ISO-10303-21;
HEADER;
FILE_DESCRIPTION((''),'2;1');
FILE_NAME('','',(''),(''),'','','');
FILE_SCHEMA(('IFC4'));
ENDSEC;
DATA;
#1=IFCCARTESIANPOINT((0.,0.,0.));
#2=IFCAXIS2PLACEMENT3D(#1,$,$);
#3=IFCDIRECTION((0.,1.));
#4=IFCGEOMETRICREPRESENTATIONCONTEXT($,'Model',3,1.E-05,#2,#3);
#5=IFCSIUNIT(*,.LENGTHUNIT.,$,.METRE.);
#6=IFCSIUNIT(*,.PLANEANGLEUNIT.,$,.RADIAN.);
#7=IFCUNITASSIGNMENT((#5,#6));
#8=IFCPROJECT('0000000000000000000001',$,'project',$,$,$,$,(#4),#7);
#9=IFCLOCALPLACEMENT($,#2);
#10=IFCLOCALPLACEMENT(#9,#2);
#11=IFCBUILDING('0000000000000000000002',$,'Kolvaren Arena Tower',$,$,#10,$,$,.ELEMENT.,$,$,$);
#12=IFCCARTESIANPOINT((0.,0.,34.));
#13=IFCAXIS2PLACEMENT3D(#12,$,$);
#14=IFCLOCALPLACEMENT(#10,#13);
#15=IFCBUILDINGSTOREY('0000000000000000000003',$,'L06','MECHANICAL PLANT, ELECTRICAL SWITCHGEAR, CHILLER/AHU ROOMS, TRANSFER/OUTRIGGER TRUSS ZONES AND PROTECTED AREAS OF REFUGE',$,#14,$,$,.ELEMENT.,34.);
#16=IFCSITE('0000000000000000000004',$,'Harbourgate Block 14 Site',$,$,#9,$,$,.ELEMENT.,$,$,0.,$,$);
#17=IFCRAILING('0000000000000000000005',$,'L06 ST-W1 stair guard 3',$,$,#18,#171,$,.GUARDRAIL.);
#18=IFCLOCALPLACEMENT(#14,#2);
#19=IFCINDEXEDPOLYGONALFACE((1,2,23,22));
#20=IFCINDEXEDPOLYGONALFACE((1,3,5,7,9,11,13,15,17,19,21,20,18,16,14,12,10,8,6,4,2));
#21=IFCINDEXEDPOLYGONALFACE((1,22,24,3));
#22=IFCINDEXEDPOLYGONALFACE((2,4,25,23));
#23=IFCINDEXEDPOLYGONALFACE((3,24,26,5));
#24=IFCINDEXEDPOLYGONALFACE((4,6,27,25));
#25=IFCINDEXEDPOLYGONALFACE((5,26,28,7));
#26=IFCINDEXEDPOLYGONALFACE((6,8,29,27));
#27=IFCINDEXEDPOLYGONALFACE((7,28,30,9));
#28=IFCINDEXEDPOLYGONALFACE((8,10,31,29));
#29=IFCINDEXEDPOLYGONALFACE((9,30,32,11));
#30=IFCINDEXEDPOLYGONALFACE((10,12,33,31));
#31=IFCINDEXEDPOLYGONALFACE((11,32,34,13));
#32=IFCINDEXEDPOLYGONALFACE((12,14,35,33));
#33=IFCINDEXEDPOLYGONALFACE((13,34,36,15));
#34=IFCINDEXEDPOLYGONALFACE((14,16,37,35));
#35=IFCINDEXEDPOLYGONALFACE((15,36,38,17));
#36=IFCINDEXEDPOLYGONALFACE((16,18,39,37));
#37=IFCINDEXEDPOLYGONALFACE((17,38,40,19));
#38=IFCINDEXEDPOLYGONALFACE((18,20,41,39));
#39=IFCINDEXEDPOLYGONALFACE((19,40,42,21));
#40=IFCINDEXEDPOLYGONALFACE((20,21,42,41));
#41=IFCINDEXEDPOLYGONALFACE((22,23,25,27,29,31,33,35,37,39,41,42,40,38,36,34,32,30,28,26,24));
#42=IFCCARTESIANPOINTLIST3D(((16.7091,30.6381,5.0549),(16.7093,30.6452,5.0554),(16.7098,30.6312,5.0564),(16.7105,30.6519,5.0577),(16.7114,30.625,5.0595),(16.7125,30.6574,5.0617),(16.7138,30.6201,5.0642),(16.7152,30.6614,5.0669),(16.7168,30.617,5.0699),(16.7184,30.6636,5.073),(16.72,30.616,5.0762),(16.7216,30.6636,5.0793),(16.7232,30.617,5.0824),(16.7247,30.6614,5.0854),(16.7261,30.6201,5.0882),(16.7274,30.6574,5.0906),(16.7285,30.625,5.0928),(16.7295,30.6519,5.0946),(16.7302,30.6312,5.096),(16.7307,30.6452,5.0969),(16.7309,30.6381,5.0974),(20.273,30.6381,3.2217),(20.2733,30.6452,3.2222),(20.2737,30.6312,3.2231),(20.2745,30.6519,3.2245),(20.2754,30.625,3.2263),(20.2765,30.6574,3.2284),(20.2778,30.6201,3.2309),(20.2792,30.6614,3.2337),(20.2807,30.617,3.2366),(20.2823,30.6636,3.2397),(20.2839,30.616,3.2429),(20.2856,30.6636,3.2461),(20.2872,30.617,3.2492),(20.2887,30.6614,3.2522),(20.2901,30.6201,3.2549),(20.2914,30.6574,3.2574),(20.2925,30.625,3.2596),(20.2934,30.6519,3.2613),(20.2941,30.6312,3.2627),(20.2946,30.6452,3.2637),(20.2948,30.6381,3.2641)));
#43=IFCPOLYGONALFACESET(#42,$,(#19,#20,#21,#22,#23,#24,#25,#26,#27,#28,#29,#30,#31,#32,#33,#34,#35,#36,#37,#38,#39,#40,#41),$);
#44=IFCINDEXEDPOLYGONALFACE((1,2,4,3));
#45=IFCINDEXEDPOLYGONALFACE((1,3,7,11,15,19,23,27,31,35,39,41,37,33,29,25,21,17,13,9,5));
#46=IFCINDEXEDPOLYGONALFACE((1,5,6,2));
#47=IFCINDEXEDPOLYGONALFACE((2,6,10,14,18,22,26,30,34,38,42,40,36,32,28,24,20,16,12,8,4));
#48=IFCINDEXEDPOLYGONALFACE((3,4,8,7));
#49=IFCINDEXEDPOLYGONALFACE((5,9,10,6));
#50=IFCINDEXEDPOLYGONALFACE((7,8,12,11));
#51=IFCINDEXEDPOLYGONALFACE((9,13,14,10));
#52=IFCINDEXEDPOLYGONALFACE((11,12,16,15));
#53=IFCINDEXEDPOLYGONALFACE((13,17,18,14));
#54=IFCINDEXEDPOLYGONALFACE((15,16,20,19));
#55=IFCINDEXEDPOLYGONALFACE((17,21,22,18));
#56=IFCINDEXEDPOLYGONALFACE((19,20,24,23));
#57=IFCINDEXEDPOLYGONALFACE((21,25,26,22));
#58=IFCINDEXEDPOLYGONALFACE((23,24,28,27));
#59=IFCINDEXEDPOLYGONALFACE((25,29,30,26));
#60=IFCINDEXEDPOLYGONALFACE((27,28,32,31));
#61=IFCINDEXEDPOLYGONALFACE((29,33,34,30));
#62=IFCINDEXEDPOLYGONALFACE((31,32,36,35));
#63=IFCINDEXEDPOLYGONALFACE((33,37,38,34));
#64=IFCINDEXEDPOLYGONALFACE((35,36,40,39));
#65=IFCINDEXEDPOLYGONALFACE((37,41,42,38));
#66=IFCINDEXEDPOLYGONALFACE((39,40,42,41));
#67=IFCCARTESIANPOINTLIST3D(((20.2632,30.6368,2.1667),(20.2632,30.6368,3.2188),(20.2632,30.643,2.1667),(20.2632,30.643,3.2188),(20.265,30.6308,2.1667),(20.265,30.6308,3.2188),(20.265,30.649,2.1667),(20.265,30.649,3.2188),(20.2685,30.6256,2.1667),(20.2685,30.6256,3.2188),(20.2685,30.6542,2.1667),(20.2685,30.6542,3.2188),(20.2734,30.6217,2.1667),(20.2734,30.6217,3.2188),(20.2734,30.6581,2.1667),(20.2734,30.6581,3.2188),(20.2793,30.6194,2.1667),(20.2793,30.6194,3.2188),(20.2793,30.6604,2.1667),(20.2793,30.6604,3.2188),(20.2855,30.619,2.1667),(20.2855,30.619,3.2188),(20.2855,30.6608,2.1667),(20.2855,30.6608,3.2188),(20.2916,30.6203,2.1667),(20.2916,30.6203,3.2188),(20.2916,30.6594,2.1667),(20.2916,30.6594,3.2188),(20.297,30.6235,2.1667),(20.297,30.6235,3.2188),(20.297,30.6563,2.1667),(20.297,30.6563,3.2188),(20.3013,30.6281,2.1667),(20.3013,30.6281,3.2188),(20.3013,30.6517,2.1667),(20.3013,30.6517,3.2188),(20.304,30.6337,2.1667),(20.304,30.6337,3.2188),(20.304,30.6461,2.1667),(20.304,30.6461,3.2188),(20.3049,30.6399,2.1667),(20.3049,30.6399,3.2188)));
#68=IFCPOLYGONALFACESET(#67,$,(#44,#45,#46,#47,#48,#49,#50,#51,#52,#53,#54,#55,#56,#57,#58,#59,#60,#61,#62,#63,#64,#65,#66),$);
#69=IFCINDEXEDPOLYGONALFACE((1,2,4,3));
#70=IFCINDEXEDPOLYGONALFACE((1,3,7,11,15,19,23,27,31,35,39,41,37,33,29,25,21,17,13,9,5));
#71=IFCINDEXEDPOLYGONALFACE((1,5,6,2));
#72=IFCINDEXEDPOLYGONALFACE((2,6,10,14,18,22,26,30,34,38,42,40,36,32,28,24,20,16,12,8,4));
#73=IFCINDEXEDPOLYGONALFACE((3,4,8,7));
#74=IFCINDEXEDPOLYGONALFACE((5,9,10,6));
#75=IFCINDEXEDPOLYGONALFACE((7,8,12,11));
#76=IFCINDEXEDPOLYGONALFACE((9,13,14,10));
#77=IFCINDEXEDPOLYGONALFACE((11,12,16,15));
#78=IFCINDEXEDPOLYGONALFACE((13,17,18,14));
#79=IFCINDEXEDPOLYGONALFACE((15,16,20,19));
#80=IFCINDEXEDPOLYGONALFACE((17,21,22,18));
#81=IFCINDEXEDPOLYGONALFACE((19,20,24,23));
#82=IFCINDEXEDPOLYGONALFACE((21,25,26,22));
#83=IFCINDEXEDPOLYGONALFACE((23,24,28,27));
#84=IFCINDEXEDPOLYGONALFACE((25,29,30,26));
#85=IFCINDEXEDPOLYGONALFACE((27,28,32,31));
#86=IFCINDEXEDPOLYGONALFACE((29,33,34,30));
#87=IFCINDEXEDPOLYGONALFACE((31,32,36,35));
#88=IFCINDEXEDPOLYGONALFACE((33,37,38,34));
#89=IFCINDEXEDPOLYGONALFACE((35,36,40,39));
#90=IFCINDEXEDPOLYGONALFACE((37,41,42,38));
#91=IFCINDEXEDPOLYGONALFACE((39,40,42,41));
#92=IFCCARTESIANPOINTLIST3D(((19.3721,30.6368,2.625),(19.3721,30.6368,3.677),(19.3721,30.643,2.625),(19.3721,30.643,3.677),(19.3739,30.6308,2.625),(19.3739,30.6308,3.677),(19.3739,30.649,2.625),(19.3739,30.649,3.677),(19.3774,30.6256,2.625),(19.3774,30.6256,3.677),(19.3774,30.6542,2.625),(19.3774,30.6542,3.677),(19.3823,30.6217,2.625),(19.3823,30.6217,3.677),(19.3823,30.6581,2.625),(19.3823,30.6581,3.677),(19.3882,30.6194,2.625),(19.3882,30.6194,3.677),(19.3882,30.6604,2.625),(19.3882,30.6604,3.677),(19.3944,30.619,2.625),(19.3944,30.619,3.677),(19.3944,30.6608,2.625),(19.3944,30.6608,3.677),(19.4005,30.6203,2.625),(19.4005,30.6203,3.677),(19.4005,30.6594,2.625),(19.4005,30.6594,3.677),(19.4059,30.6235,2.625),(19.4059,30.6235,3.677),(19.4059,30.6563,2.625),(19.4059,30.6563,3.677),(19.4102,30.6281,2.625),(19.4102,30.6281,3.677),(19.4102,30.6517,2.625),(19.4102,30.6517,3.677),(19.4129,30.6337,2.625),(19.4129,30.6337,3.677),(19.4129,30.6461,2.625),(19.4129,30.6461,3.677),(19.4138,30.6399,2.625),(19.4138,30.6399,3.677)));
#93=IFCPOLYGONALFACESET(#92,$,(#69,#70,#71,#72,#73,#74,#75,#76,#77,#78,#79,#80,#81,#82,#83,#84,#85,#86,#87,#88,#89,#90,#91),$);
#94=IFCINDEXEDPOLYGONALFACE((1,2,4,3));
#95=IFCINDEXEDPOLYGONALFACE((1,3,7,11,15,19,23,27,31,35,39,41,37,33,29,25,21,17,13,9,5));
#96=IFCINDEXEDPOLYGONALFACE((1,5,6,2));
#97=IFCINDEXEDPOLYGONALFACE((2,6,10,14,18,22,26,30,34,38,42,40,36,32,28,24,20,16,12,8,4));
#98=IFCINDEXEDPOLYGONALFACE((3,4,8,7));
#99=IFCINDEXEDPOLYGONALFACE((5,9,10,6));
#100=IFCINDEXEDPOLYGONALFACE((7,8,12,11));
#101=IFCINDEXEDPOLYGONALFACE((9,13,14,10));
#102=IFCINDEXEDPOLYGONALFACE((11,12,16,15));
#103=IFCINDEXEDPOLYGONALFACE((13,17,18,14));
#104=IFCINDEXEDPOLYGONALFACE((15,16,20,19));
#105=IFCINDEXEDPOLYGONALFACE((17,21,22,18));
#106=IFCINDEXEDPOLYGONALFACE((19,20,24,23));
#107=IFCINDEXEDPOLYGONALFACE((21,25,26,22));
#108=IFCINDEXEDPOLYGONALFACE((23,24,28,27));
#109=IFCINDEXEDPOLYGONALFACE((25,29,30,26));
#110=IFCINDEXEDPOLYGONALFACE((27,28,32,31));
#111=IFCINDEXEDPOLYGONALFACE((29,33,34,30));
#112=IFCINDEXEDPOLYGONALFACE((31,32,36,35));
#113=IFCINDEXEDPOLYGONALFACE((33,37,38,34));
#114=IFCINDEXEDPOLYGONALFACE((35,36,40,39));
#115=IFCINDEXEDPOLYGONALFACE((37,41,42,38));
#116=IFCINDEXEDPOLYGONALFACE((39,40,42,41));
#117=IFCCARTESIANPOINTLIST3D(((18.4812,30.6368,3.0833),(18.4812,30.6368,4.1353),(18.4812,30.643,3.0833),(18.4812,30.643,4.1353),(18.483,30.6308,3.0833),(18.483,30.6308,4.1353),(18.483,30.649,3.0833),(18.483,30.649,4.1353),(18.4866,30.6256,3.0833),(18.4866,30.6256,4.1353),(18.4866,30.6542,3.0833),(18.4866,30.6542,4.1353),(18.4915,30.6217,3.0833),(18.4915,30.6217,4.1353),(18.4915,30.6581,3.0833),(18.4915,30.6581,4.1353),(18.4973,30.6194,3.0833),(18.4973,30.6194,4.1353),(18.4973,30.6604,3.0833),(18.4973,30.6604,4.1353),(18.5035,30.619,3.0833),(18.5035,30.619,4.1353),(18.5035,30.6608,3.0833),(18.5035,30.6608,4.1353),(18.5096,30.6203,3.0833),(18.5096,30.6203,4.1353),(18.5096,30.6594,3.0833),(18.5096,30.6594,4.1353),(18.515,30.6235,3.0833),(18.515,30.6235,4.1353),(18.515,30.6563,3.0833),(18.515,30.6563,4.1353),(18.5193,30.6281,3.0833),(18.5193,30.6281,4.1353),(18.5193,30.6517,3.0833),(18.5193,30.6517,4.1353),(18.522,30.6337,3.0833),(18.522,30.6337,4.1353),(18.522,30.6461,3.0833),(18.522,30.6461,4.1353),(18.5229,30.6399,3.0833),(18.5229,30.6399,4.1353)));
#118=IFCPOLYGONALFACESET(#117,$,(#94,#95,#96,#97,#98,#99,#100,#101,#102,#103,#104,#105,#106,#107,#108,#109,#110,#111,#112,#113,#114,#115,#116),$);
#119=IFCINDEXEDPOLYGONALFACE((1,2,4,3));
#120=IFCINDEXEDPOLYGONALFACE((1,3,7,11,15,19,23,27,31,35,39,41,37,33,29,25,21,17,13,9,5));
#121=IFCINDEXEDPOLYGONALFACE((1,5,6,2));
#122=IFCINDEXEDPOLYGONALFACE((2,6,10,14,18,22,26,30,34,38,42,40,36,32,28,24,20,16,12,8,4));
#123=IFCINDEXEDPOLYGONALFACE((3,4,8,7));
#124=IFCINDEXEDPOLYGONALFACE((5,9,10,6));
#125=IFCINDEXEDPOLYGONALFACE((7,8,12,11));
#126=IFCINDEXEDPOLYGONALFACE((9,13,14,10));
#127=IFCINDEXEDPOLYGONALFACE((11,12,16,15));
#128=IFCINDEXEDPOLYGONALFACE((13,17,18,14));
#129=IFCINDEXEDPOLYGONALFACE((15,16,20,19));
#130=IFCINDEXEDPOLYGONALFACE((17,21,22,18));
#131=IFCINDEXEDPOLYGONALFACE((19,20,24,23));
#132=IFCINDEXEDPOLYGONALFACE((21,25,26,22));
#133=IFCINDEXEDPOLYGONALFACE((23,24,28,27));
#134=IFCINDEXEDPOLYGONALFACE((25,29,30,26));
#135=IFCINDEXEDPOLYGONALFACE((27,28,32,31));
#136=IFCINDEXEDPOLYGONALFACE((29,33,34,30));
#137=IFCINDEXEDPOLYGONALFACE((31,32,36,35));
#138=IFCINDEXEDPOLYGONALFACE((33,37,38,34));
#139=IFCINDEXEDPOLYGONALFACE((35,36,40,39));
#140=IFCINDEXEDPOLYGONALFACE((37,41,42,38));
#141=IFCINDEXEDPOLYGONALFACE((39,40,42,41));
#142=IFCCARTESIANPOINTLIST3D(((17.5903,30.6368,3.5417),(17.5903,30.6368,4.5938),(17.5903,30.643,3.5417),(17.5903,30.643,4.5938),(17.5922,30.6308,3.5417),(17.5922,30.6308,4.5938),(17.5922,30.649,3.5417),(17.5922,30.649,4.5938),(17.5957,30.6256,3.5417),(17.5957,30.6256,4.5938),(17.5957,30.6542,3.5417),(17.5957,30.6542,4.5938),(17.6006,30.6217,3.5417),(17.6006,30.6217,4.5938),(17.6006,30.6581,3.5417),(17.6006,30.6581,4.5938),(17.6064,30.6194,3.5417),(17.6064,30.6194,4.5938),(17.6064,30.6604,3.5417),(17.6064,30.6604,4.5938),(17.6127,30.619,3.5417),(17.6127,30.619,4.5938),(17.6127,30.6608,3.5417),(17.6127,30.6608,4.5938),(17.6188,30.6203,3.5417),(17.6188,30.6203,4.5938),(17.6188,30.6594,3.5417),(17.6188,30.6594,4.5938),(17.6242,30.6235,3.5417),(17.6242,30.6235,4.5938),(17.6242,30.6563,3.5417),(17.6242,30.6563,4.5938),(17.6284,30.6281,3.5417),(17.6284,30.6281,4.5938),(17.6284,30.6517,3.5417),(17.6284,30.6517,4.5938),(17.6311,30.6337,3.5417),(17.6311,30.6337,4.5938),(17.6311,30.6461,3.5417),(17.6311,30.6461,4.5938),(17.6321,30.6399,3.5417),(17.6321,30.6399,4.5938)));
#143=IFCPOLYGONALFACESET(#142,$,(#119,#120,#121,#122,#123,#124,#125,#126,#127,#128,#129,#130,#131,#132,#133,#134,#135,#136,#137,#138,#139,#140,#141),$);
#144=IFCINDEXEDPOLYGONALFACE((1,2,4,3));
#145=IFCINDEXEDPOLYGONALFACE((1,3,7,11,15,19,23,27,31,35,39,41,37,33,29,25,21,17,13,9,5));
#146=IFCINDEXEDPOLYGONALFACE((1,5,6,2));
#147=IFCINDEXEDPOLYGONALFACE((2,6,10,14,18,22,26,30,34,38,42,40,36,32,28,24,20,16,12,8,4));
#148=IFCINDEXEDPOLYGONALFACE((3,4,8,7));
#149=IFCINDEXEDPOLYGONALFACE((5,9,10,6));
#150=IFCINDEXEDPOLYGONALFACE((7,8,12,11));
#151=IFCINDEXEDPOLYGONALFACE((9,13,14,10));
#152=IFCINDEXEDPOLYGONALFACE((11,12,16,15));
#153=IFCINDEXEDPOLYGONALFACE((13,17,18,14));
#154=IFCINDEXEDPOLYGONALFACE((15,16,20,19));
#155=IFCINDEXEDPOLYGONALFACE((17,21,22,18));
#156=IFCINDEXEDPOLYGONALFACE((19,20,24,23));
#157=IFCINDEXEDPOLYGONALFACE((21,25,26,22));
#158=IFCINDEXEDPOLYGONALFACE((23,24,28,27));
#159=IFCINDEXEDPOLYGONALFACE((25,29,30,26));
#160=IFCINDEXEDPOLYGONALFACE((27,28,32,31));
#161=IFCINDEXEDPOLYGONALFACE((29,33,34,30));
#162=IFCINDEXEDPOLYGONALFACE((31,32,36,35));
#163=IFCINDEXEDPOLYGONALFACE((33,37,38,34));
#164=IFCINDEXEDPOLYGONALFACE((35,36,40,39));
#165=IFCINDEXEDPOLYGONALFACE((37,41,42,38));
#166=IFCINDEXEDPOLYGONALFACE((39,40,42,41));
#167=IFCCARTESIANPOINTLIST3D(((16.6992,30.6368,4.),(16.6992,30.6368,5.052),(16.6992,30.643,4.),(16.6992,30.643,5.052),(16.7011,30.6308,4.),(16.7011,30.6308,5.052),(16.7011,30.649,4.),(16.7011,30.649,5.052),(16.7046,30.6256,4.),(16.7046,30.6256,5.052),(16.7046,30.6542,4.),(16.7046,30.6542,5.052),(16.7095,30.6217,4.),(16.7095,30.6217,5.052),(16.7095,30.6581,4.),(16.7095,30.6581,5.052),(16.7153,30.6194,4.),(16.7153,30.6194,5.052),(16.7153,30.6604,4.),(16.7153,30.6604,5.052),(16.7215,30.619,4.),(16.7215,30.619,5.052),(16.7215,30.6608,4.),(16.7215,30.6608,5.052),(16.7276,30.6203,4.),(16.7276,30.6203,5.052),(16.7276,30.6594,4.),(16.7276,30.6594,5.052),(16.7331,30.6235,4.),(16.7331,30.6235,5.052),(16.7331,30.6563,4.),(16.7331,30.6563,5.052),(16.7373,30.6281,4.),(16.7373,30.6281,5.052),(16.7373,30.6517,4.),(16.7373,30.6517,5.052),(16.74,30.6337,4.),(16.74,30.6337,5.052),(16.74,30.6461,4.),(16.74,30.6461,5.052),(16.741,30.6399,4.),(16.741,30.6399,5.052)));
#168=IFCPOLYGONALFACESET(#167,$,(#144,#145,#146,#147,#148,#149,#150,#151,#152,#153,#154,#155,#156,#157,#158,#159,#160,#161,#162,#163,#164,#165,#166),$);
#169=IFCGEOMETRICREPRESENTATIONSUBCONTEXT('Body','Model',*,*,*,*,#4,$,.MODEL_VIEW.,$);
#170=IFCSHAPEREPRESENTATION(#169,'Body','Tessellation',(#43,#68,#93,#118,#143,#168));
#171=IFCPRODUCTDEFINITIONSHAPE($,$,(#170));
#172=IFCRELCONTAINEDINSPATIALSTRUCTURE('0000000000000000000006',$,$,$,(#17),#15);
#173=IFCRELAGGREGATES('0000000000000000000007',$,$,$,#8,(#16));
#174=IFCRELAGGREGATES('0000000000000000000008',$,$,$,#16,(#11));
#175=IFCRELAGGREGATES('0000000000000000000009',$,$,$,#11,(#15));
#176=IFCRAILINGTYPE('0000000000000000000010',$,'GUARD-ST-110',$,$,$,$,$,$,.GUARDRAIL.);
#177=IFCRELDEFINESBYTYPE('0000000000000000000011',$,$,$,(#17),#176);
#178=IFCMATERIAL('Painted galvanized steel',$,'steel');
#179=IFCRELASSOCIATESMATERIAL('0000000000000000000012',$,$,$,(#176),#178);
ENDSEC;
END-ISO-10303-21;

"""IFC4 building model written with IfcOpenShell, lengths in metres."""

from ifc_helpers import new_model, si_unit, direction, frame, origin, origin_2d, place, context, subcontext, project, spatial, circle, extrude, material, type_object, element, save


model = new_model("IFC4")

# Units and contexts
model_context = context("Model", 3, precision=1e-05, world=origin(), true_north=direction((0.0, 1.0)))
body_context = subcontext(model_context, "Body", "Model", "MODEL_VIEW")
ifc_project = project(units=[si_unit("LENGTHUNIT", "METRE"), si_unit("PLANEANGLEUNIT", "RADIAN")], contexts=[model_context])

# Site, building, storey
site_placement = place(None, origin())
site = spatial("IfcSite", under=ifc_project, at=site_placement, Name="Harbourgate Block 14 Site", CompositionType="ELEMENT", RefElevation=0.0)
building_placement = place(site_placement, origin())
building = spatial("IfcBuilding", under=site, at=building_placement, Name="Kolvaren Arena Tower", CompositionType="ELEMENT")
storey_placement = place(building_placement, frame((0.0, 0.0, 34.0)))
storey = spatial("IfcBuildingStorey", under=building, at=storey_placement, Name="L06", Description="MECHANICAL PLANT, ELECTRICAL SWITCHGEAR, CHILLER/AHU ROOMS, TRANSFER/OUTRIGGER TRUSS ZONES AND PROTECTED AREAS OF REFUGE", CompositionType="ELEMENT", Elevation=34.0)

# Railing
ifc_material_1 = material(Name="Painted galvanized steel", Category="steel")
railing_type_1 = type_object("IfcRailingType", Name="GUARD-ST-110", PredefinedType="GUARDRAIL", material=ifc_material_1)
railing_1_placement = place(storey_placement, frame((20.2839, 30.6399, 2.1667)))
element("IfcRailing", 1, at=railing_1_placement, inside=storey, type_object=railing_type_1, Name="L06 ST-W1 stair guard 3", PredefinedType="GUARDRAIL", context=body_context, shape_type="SweptSolid", body=[
    extrude(circle(Radius=0.0239, at=origin_2d()), frame((0.0, 0.0, 1.0762), z_axis=(-0.889252, 0.0, 0.457418), x_axis=(0.0, -1.0, 0.0)), (0.0, 0.0, 1.0), 4.0078),
    extrude(circle(Radius=0.021, at=origin_2d()), origin(), (0.0, 0.0, 1.0), 1.052),
    extrude(circle(Radius=0.021, at=origin_2d()), frame((-0.8911, 0.0, 0.4583)), (0.0, 0.0, 1.0), 1.052),
    extrude(circle(Radius=0.021, at=origin_2d()), frame((-1.782, 0.0, 0.9165)), (0.0, 0.0, 1.0), 1.052),
    extrude(circle(Radius=0.021, at=origin_2d()), frame((-2.6729, 0.0, 1.375)), (0.0, 0.0, 1.0), 1.052),
    extrude(circle(Radius=0.021, at=origin_2d()), frame((-3.564, 0.0, 1.8333)), (0.0, 0.0, 1.0), 1.052),
])

save(model, "model.ifc")
